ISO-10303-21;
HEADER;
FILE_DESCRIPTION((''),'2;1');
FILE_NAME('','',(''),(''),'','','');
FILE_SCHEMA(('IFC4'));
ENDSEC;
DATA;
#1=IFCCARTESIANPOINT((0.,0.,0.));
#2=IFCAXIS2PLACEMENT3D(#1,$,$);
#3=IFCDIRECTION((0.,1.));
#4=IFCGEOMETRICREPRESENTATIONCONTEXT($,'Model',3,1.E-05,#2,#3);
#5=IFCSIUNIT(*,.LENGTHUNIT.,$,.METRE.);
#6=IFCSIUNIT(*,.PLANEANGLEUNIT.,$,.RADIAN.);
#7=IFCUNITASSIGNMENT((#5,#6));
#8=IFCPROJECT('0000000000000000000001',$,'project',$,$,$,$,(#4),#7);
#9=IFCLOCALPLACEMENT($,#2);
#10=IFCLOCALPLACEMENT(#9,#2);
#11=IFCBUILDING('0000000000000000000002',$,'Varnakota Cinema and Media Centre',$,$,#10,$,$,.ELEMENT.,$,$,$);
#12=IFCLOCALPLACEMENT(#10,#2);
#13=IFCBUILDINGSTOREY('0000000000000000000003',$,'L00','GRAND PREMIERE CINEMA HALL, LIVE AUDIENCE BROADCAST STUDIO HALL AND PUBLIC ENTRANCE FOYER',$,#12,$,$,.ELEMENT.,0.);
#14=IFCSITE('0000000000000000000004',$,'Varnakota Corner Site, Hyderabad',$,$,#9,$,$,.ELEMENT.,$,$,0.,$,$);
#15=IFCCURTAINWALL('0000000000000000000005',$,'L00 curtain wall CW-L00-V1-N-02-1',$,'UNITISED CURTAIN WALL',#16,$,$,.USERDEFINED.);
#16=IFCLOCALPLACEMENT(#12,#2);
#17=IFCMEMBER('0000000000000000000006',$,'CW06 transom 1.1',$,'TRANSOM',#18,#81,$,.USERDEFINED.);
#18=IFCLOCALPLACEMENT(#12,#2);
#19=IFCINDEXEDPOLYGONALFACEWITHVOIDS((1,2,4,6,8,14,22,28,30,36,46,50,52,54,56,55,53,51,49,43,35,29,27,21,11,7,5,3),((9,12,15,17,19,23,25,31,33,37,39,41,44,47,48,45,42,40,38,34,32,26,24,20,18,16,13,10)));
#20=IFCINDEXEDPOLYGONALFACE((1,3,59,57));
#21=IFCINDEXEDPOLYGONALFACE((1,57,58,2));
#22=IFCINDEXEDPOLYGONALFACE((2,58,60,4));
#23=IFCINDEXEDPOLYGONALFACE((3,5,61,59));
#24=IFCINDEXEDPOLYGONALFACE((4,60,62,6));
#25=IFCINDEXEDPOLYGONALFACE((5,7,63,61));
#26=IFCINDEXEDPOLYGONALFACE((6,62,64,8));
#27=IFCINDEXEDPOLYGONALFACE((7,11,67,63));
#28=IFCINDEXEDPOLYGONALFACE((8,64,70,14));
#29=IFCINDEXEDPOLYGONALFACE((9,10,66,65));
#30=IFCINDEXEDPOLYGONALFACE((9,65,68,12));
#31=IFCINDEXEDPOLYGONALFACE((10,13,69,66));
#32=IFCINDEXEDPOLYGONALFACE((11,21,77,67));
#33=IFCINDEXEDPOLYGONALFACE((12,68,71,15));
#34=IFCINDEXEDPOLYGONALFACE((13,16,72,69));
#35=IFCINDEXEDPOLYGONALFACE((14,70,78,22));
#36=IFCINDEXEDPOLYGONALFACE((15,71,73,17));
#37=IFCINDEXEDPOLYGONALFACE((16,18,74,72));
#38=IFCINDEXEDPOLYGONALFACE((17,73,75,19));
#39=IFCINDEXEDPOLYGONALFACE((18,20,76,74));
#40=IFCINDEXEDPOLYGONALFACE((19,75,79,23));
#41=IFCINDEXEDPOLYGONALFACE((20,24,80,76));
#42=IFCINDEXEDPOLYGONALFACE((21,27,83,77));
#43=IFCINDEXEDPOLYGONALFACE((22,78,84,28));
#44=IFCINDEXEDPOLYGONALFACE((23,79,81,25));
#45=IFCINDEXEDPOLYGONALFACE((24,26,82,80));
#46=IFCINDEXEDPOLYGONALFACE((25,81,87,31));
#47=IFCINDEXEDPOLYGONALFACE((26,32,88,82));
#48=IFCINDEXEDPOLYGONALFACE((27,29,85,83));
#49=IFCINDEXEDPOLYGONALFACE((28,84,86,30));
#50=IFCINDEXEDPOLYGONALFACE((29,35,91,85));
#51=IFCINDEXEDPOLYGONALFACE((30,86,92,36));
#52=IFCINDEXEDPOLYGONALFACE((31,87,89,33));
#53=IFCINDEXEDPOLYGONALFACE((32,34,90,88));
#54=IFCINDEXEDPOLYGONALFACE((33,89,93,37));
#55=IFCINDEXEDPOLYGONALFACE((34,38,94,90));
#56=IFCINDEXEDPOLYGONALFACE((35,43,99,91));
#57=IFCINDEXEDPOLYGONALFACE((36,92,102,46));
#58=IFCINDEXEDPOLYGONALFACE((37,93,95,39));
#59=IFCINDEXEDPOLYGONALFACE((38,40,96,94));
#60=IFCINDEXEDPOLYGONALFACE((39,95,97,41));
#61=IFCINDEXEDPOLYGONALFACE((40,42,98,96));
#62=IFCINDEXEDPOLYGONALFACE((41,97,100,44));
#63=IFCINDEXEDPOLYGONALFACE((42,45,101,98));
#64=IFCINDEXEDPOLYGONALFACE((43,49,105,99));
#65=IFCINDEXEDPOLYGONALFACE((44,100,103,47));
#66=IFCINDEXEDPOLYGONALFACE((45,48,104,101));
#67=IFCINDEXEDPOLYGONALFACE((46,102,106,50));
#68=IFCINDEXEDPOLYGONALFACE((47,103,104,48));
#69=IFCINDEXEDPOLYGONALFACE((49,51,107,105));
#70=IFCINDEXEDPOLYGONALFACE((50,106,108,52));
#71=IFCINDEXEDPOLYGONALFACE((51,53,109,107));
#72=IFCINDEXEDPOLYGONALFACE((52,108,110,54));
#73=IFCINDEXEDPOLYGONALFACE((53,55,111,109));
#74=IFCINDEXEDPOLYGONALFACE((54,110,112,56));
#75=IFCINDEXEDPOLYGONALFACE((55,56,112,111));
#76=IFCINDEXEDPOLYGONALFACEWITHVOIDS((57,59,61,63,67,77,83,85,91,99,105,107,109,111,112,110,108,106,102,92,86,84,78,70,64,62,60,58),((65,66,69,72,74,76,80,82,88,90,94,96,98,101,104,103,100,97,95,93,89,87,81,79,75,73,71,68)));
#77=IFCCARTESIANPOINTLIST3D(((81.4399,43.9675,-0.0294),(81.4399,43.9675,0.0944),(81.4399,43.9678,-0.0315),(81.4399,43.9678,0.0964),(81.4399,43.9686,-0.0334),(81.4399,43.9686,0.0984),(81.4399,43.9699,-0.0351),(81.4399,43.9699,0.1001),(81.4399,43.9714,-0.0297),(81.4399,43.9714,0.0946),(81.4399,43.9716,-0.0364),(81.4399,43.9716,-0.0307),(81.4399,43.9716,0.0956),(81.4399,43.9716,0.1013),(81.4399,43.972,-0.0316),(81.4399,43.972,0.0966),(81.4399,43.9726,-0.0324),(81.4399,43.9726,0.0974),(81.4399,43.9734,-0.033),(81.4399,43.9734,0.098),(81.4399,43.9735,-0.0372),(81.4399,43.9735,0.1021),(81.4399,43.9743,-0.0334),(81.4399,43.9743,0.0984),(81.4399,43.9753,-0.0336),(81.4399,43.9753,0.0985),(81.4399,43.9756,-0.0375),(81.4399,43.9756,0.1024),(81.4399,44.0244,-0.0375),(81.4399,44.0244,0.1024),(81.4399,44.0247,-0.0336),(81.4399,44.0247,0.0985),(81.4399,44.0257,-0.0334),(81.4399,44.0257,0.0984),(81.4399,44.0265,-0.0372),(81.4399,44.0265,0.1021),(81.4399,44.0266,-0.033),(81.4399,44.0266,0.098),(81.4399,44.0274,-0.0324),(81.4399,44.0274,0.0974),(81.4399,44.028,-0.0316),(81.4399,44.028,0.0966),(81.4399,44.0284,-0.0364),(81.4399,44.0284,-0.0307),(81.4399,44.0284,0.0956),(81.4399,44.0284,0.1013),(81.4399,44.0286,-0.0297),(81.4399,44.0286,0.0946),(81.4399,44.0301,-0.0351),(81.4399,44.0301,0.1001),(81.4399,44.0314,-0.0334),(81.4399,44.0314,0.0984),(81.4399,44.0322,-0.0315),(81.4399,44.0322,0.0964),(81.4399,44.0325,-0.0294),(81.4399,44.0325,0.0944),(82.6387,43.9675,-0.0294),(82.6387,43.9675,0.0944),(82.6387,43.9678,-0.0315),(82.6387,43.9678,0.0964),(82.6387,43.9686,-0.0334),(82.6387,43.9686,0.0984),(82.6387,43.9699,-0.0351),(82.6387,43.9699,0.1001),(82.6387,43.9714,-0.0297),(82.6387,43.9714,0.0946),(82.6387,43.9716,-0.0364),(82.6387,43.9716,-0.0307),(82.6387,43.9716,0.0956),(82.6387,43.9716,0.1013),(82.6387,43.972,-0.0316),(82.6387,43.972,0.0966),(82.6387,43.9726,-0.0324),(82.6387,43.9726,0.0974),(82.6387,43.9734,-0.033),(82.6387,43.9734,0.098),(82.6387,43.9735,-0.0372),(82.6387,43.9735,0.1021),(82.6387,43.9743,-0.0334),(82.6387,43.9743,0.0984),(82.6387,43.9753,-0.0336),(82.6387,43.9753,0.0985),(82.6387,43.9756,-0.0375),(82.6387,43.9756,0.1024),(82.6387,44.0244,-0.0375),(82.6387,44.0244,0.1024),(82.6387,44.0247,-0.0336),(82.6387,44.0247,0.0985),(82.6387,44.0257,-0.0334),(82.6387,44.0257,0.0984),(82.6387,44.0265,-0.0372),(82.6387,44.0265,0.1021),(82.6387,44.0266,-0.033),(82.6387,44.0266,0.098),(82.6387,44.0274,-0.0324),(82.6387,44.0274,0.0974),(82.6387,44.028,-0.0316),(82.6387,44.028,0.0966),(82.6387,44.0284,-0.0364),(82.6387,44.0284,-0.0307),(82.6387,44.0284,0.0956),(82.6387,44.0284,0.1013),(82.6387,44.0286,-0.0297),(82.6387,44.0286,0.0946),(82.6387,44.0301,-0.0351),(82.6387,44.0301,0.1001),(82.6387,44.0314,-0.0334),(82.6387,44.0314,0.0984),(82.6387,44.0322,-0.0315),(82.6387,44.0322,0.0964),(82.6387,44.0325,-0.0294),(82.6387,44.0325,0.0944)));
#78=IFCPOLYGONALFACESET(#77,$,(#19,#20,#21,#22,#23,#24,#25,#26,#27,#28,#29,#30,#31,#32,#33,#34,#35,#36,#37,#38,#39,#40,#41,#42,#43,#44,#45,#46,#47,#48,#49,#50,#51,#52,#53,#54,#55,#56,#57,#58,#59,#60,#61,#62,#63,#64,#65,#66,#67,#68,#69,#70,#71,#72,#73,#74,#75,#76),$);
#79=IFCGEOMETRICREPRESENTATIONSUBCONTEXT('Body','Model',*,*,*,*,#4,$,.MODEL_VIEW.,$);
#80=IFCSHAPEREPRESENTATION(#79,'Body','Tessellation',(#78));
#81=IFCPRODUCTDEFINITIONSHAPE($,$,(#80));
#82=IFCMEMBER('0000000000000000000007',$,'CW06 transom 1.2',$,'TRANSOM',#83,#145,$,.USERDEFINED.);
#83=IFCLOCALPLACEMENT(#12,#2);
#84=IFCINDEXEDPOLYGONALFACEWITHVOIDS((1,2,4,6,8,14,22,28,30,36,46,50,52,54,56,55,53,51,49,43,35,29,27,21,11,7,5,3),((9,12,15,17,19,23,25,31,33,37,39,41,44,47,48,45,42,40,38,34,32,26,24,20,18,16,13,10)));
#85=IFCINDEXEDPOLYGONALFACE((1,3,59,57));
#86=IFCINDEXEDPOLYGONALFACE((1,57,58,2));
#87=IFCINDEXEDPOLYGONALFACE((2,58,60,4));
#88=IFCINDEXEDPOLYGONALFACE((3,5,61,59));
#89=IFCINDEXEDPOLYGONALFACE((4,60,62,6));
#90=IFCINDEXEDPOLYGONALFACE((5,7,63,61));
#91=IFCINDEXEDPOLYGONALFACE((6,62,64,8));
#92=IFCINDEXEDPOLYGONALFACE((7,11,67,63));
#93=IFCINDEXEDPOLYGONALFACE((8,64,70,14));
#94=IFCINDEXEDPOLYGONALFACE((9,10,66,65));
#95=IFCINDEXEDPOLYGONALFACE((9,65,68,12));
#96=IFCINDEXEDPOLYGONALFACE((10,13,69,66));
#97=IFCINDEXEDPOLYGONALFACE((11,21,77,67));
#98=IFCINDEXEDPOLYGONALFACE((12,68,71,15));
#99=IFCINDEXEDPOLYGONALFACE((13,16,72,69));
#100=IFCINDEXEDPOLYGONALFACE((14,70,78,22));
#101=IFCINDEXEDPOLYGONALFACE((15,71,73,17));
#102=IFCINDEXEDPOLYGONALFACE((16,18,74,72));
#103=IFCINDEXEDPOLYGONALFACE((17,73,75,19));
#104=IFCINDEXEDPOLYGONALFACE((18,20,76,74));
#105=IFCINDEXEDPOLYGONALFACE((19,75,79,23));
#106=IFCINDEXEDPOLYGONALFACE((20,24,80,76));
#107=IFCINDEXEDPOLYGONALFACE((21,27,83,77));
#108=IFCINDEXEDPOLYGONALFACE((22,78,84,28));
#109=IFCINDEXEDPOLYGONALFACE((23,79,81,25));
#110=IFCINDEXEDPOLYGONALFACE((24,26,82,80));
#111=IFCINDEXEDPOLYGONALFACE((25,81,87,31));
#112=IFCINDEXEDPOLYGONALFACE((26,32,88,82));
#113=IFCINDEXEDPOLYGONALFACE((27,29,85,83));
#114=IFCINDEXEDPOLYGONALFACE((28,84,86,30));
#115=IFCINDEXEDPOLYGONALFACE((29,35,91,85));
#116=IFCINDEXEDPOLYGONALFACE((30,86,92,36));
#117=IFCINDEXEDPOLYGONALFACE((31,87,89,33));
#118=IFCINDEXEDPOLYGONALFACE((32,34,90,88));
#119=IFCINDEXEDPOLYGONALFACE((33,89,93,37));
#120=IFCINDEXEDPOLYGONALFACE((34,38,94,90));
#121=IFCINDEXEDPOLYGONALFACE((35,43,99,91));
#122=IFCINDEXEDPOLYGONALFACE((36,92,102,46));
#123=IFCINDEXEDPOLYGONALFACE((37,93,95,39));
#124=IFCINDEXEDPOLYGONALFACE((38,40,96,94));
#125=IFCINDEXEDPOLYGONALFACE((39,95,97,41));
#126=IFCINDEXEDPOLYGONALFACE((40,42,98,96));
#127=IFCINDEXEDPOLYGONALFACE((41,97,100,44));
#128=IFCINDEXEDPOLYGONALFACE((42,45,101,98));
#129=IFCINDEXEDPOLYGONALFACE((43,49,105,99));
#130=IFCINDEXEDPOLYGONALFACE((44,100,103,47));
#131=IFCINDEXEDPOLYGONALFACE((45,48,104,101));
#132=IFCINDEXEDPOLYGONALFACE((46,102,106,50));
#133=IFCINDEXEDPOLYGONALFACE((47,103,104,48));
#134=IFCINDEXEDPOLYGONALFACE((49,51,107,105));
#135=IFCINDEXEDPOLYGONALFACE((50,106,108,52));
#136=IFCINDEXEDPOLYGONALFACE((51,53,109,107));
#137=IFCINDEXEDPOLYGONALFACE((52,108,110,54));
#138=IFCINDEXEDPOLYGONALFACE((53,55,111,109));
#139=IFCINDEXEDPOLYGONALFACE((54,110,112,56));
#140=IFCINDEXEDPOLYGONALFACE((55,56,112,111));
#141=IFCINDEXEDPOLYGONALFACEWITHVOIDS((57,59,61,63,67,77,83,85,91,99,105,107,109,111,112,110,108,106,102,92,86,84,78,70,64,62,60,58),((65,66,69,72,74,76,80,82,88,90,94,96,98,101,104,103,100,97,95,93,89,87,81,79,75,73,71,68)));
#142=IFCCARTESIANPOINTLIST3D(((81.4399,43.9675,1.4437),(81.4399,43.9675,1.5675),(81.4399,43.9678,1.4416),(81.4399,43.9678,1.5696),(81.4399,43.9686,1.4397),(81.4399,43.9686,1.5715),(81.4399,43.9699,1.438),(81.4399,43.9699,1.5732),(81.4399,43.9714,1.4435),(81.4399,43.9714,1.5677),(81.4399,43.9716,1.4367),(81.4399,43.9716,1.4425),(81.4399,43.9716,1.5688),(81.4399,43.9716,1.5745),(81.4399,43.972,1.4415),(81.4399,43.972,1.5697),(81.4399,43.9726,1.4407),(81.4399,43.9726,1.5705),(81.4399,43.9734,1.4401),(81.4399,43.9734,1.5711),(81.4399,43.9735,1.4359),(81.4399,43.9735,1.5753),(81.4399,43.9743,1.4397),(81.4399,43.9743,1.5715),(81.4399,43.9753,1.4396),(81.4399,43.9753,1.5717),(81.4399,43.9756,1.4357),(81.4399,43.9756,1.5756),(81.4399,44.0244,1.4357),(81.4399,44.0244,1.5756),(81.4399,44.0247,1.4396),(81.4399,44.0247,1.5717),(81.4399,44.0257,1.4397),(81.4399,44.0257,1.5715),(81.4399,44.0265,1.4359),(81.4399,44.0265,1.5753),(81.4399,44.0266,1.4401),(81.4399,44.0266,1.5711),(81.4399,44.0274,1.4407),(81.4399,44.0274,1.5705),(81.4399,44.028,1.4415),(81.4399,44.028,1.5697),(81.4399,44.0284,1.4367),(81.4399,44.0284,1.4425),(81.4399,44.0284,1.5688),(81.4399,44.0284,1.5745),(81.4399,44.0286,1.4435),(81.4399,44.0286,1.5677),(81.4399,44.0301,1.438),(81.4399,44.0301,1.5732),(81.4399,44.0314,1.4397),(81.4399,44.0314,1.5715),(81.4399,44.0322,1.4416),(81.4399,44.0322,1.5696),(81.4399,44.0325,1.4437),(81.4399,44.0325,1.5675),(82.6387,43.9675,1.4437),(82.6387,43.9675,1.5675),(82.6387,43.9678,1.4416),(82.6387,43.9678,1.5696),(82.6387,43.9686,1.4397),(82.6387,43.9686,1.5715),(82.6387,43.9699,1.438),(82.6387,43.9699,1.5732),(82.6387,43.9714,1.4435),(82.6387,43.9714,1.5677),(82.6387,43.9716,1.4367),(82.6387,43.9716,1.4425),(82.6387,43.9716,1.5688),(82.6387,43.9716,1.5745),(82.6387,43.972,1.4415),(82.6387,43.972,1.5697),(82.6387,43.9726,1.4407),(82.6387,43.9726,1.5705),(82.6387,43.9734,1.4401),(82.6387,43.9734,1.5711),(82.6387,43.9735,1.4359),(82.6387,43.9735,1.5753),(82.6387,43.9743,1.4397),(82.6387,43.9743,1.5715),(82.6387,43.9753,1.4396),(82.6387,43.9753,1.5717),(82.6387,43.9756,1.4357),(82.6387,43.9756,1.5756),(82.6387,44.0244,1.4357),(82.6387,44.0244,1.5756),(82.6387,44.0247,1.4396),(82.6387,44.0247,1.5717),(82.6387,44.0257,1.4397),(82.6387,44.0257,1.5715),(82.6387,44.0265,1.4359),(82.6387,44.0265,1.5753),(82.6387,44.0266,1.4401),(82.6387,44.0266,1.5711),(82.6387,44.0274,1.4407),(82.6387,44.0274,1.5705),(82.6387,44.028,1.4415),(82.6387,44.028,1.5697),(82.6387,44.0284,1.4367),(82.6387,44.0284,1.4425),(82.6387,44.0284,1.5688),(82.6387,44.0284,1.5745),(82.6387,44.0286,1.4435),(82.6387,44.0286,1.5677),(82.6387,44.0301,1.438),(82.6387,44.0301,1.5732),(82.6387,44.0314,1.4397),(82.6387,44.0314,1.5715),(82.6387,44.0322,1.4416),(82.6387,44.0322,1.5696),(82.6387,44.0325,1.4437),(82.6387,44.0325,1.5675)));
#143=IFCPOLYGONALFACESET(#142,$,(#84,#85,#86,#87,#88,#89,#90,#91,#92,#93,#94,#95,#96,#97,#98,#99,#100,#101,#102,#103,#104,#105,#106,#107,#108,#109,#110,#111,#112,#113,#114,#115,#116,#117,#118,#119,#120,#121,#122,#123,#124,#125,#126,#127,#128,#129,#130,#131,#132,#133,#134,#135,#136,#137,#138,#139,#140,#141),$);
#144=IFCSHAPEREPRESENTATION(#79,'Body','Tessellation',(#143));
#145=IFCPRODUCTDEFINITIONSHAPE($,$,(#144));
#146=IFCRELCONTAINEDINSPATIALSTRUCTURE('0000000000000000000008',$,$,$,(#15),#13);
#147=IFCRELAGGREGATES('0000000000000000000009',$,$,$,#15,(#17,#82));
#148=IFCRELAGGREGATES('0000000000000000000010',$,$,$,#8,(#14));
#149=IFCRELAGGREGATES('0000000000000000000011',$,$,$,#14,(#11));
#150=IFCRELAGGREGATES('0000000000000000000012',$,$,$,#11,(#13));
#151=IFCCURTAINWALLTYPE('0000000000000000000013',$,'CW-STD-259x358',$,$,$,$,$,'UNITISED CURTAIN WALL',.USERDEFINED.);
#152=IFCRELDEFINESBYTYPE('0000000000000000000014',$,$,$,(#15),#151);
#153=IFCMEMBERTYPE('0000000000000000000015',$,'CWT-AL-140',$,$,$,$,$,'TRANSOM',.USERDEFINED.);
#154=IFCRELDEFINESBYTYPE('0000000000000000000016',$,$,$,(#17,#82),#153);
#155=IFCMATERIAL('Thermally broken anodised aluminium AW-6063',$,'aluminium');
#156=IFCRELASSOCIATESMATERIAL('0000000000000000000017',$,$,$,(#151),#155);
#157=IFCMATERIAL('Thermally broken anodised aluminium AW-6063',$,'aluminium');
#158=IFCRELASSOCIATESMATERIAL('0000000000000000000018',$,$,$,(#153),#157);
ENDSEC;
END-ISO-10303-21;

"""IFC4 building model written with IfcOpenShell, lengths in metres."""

from ifc_helpers import new_model, si_unit, direction, frame, origin, origin_2d, place, context, subcontext, project, spatial, hollow_rectangle, extrude, material, material_profile, profile_set, type_object, element, aggregate, save


model = new_model("IFC4")

# Units and contexts
model_context = context("Model", 3, precision=1e-05, world=origin(), true_north=direction((0.0, 1.0)))
body_context = subcontext(model_context, "Body", "Model", "MODEL_VIEW")
ifc_project = project(units=[si_unit("LENGTHUNIT", "METRE"), si_unit("PLANEANGLEUNIT", "RADIAN")], contexts=[model_context])

# Site, building, storey
site_placement = place(None, origin())
site = spatial("IfcSite", under=ifc_project, at=site_placement, Name="Varnakota Corner Site, Hyderabad", CompositionType="ELEMENT", RefElevation=0.0)
building_placement = place(site_placement, origin())
building = spatial("IfcBuilding", under=site, at=building_placement, Name="Varnakota Cinema and Media Centre", CompositionType="ELEMENT")
storey_placement = place(building_placement, origin())
storey = spatial("IfcBuildingStorey", under=building, at=storey_placement, Name="L00", Description="GRAND PREMIERE CINEMA HALL, LIVE AUDIENCE BROADCAST STUDIO HALL AND PUBLIC ENTRANCE FOYER", CompositionType="ELEMENT", Elevation=0.0)

# Shared definitions
ifc_material_1 = material(Name="Thermally broken anodised aluminium AW-6063", Category="aluminium")
curtain_wall_type = type_object("IfcCurtainWallType", Name="CW-STD-259x358", ElementType="UNITISED CURTAIN WALL", PredefinedType="USERDEFINED", material=ifc_material_1)

# Curtain wall
curtain_wall_1_placement = place(storey_placement, origin())
curtain_wall_1 = element("IfcCurtainWall", 1, at=curtain_wall_1_placement, inside=storey, type_object=curtain_wall_type, Name="L00 curtain wall CW-L00-V1-N-02-1", ObjectType="UNITISED CURTAIN WALL", PredefinedType="USERDEFINED")

# Members
ifc_material_2 = material(Name="Thermally broken anodised aluminium AW-6063", Category="aluminium")
ifc_material_profile_1 = material_profile(ifc_material_2, hollow_rectangle(XDim=0.0649, YDim=0.1399, WallThickness=0.0039, InnerFilletRadius=0.0039, OuterFilletRadius=0.0081, at=origin_2d()), Name="AL-TRANSOM 140x65x4")
ifc_profile_set_1 = profile_set([ifc_material_profile_1], Name="Thermally broken anodised aluminium AW-6063")
member_type_1 = type_object("IfcMemberType", Name="CWT-AL-140", ElementType="TRANSOM", PredefinedType="USERDEFINED", material=ifc_profile_set_1)
member_1_placement = place(storey_placement, frame((81.4399, 44.0, 0.0325), z_axis=(1.0, 0.0, 0.0), x_axis=(0.0, 1.0, 0.0)))
member_1 = element("IfcMember", 2, at=member_1_placement, type_object=member_type_1, Name="CW06 transom 1.1", ObjectType="TRANSOM", PredefinedType="USERDEFINED", context=body_context, shape_type="SweptSolid", body=[
    extrude(hollow_rectangle(XDim=0.0649, YDim=0.1399, WallThickness=0.0039, InnerFilletRadius=0.0039, OuterFilletRadius=0.0081, at=origin_2d()), origin(), (0.0, 0.0, 1.0), 1.1987),
])
member_2_placement = place(storey_placement, frame((81.4399, 44.0, 1.5056), z_axis=(1.0, 0.0, 0.0), x_axis=(0.0, 1.0, 0.0)))
member_2 = element("IfcMember", 3, at=member_2_placement, type_object=member_type_1, Name="CW06 transom 1.2", ObjectType="TRANSOM", PredefinedType="USERDEFINED", context=body_context, shape_type="SweptSolid", body=[
    extrude(hollow_rectangle(XDim=0.0649, YDim=0.1399, WallThickness=0.0039, InnerFilletRadius=0.0039, OuterFilletRadius=0.0081, at=origin_2d()), origin(), (0.0, 0.0, 1.0), 1.1987),
])
aggregate(curtain_wall_1, [member_1, member_2])

save(model, "model.ifc")
